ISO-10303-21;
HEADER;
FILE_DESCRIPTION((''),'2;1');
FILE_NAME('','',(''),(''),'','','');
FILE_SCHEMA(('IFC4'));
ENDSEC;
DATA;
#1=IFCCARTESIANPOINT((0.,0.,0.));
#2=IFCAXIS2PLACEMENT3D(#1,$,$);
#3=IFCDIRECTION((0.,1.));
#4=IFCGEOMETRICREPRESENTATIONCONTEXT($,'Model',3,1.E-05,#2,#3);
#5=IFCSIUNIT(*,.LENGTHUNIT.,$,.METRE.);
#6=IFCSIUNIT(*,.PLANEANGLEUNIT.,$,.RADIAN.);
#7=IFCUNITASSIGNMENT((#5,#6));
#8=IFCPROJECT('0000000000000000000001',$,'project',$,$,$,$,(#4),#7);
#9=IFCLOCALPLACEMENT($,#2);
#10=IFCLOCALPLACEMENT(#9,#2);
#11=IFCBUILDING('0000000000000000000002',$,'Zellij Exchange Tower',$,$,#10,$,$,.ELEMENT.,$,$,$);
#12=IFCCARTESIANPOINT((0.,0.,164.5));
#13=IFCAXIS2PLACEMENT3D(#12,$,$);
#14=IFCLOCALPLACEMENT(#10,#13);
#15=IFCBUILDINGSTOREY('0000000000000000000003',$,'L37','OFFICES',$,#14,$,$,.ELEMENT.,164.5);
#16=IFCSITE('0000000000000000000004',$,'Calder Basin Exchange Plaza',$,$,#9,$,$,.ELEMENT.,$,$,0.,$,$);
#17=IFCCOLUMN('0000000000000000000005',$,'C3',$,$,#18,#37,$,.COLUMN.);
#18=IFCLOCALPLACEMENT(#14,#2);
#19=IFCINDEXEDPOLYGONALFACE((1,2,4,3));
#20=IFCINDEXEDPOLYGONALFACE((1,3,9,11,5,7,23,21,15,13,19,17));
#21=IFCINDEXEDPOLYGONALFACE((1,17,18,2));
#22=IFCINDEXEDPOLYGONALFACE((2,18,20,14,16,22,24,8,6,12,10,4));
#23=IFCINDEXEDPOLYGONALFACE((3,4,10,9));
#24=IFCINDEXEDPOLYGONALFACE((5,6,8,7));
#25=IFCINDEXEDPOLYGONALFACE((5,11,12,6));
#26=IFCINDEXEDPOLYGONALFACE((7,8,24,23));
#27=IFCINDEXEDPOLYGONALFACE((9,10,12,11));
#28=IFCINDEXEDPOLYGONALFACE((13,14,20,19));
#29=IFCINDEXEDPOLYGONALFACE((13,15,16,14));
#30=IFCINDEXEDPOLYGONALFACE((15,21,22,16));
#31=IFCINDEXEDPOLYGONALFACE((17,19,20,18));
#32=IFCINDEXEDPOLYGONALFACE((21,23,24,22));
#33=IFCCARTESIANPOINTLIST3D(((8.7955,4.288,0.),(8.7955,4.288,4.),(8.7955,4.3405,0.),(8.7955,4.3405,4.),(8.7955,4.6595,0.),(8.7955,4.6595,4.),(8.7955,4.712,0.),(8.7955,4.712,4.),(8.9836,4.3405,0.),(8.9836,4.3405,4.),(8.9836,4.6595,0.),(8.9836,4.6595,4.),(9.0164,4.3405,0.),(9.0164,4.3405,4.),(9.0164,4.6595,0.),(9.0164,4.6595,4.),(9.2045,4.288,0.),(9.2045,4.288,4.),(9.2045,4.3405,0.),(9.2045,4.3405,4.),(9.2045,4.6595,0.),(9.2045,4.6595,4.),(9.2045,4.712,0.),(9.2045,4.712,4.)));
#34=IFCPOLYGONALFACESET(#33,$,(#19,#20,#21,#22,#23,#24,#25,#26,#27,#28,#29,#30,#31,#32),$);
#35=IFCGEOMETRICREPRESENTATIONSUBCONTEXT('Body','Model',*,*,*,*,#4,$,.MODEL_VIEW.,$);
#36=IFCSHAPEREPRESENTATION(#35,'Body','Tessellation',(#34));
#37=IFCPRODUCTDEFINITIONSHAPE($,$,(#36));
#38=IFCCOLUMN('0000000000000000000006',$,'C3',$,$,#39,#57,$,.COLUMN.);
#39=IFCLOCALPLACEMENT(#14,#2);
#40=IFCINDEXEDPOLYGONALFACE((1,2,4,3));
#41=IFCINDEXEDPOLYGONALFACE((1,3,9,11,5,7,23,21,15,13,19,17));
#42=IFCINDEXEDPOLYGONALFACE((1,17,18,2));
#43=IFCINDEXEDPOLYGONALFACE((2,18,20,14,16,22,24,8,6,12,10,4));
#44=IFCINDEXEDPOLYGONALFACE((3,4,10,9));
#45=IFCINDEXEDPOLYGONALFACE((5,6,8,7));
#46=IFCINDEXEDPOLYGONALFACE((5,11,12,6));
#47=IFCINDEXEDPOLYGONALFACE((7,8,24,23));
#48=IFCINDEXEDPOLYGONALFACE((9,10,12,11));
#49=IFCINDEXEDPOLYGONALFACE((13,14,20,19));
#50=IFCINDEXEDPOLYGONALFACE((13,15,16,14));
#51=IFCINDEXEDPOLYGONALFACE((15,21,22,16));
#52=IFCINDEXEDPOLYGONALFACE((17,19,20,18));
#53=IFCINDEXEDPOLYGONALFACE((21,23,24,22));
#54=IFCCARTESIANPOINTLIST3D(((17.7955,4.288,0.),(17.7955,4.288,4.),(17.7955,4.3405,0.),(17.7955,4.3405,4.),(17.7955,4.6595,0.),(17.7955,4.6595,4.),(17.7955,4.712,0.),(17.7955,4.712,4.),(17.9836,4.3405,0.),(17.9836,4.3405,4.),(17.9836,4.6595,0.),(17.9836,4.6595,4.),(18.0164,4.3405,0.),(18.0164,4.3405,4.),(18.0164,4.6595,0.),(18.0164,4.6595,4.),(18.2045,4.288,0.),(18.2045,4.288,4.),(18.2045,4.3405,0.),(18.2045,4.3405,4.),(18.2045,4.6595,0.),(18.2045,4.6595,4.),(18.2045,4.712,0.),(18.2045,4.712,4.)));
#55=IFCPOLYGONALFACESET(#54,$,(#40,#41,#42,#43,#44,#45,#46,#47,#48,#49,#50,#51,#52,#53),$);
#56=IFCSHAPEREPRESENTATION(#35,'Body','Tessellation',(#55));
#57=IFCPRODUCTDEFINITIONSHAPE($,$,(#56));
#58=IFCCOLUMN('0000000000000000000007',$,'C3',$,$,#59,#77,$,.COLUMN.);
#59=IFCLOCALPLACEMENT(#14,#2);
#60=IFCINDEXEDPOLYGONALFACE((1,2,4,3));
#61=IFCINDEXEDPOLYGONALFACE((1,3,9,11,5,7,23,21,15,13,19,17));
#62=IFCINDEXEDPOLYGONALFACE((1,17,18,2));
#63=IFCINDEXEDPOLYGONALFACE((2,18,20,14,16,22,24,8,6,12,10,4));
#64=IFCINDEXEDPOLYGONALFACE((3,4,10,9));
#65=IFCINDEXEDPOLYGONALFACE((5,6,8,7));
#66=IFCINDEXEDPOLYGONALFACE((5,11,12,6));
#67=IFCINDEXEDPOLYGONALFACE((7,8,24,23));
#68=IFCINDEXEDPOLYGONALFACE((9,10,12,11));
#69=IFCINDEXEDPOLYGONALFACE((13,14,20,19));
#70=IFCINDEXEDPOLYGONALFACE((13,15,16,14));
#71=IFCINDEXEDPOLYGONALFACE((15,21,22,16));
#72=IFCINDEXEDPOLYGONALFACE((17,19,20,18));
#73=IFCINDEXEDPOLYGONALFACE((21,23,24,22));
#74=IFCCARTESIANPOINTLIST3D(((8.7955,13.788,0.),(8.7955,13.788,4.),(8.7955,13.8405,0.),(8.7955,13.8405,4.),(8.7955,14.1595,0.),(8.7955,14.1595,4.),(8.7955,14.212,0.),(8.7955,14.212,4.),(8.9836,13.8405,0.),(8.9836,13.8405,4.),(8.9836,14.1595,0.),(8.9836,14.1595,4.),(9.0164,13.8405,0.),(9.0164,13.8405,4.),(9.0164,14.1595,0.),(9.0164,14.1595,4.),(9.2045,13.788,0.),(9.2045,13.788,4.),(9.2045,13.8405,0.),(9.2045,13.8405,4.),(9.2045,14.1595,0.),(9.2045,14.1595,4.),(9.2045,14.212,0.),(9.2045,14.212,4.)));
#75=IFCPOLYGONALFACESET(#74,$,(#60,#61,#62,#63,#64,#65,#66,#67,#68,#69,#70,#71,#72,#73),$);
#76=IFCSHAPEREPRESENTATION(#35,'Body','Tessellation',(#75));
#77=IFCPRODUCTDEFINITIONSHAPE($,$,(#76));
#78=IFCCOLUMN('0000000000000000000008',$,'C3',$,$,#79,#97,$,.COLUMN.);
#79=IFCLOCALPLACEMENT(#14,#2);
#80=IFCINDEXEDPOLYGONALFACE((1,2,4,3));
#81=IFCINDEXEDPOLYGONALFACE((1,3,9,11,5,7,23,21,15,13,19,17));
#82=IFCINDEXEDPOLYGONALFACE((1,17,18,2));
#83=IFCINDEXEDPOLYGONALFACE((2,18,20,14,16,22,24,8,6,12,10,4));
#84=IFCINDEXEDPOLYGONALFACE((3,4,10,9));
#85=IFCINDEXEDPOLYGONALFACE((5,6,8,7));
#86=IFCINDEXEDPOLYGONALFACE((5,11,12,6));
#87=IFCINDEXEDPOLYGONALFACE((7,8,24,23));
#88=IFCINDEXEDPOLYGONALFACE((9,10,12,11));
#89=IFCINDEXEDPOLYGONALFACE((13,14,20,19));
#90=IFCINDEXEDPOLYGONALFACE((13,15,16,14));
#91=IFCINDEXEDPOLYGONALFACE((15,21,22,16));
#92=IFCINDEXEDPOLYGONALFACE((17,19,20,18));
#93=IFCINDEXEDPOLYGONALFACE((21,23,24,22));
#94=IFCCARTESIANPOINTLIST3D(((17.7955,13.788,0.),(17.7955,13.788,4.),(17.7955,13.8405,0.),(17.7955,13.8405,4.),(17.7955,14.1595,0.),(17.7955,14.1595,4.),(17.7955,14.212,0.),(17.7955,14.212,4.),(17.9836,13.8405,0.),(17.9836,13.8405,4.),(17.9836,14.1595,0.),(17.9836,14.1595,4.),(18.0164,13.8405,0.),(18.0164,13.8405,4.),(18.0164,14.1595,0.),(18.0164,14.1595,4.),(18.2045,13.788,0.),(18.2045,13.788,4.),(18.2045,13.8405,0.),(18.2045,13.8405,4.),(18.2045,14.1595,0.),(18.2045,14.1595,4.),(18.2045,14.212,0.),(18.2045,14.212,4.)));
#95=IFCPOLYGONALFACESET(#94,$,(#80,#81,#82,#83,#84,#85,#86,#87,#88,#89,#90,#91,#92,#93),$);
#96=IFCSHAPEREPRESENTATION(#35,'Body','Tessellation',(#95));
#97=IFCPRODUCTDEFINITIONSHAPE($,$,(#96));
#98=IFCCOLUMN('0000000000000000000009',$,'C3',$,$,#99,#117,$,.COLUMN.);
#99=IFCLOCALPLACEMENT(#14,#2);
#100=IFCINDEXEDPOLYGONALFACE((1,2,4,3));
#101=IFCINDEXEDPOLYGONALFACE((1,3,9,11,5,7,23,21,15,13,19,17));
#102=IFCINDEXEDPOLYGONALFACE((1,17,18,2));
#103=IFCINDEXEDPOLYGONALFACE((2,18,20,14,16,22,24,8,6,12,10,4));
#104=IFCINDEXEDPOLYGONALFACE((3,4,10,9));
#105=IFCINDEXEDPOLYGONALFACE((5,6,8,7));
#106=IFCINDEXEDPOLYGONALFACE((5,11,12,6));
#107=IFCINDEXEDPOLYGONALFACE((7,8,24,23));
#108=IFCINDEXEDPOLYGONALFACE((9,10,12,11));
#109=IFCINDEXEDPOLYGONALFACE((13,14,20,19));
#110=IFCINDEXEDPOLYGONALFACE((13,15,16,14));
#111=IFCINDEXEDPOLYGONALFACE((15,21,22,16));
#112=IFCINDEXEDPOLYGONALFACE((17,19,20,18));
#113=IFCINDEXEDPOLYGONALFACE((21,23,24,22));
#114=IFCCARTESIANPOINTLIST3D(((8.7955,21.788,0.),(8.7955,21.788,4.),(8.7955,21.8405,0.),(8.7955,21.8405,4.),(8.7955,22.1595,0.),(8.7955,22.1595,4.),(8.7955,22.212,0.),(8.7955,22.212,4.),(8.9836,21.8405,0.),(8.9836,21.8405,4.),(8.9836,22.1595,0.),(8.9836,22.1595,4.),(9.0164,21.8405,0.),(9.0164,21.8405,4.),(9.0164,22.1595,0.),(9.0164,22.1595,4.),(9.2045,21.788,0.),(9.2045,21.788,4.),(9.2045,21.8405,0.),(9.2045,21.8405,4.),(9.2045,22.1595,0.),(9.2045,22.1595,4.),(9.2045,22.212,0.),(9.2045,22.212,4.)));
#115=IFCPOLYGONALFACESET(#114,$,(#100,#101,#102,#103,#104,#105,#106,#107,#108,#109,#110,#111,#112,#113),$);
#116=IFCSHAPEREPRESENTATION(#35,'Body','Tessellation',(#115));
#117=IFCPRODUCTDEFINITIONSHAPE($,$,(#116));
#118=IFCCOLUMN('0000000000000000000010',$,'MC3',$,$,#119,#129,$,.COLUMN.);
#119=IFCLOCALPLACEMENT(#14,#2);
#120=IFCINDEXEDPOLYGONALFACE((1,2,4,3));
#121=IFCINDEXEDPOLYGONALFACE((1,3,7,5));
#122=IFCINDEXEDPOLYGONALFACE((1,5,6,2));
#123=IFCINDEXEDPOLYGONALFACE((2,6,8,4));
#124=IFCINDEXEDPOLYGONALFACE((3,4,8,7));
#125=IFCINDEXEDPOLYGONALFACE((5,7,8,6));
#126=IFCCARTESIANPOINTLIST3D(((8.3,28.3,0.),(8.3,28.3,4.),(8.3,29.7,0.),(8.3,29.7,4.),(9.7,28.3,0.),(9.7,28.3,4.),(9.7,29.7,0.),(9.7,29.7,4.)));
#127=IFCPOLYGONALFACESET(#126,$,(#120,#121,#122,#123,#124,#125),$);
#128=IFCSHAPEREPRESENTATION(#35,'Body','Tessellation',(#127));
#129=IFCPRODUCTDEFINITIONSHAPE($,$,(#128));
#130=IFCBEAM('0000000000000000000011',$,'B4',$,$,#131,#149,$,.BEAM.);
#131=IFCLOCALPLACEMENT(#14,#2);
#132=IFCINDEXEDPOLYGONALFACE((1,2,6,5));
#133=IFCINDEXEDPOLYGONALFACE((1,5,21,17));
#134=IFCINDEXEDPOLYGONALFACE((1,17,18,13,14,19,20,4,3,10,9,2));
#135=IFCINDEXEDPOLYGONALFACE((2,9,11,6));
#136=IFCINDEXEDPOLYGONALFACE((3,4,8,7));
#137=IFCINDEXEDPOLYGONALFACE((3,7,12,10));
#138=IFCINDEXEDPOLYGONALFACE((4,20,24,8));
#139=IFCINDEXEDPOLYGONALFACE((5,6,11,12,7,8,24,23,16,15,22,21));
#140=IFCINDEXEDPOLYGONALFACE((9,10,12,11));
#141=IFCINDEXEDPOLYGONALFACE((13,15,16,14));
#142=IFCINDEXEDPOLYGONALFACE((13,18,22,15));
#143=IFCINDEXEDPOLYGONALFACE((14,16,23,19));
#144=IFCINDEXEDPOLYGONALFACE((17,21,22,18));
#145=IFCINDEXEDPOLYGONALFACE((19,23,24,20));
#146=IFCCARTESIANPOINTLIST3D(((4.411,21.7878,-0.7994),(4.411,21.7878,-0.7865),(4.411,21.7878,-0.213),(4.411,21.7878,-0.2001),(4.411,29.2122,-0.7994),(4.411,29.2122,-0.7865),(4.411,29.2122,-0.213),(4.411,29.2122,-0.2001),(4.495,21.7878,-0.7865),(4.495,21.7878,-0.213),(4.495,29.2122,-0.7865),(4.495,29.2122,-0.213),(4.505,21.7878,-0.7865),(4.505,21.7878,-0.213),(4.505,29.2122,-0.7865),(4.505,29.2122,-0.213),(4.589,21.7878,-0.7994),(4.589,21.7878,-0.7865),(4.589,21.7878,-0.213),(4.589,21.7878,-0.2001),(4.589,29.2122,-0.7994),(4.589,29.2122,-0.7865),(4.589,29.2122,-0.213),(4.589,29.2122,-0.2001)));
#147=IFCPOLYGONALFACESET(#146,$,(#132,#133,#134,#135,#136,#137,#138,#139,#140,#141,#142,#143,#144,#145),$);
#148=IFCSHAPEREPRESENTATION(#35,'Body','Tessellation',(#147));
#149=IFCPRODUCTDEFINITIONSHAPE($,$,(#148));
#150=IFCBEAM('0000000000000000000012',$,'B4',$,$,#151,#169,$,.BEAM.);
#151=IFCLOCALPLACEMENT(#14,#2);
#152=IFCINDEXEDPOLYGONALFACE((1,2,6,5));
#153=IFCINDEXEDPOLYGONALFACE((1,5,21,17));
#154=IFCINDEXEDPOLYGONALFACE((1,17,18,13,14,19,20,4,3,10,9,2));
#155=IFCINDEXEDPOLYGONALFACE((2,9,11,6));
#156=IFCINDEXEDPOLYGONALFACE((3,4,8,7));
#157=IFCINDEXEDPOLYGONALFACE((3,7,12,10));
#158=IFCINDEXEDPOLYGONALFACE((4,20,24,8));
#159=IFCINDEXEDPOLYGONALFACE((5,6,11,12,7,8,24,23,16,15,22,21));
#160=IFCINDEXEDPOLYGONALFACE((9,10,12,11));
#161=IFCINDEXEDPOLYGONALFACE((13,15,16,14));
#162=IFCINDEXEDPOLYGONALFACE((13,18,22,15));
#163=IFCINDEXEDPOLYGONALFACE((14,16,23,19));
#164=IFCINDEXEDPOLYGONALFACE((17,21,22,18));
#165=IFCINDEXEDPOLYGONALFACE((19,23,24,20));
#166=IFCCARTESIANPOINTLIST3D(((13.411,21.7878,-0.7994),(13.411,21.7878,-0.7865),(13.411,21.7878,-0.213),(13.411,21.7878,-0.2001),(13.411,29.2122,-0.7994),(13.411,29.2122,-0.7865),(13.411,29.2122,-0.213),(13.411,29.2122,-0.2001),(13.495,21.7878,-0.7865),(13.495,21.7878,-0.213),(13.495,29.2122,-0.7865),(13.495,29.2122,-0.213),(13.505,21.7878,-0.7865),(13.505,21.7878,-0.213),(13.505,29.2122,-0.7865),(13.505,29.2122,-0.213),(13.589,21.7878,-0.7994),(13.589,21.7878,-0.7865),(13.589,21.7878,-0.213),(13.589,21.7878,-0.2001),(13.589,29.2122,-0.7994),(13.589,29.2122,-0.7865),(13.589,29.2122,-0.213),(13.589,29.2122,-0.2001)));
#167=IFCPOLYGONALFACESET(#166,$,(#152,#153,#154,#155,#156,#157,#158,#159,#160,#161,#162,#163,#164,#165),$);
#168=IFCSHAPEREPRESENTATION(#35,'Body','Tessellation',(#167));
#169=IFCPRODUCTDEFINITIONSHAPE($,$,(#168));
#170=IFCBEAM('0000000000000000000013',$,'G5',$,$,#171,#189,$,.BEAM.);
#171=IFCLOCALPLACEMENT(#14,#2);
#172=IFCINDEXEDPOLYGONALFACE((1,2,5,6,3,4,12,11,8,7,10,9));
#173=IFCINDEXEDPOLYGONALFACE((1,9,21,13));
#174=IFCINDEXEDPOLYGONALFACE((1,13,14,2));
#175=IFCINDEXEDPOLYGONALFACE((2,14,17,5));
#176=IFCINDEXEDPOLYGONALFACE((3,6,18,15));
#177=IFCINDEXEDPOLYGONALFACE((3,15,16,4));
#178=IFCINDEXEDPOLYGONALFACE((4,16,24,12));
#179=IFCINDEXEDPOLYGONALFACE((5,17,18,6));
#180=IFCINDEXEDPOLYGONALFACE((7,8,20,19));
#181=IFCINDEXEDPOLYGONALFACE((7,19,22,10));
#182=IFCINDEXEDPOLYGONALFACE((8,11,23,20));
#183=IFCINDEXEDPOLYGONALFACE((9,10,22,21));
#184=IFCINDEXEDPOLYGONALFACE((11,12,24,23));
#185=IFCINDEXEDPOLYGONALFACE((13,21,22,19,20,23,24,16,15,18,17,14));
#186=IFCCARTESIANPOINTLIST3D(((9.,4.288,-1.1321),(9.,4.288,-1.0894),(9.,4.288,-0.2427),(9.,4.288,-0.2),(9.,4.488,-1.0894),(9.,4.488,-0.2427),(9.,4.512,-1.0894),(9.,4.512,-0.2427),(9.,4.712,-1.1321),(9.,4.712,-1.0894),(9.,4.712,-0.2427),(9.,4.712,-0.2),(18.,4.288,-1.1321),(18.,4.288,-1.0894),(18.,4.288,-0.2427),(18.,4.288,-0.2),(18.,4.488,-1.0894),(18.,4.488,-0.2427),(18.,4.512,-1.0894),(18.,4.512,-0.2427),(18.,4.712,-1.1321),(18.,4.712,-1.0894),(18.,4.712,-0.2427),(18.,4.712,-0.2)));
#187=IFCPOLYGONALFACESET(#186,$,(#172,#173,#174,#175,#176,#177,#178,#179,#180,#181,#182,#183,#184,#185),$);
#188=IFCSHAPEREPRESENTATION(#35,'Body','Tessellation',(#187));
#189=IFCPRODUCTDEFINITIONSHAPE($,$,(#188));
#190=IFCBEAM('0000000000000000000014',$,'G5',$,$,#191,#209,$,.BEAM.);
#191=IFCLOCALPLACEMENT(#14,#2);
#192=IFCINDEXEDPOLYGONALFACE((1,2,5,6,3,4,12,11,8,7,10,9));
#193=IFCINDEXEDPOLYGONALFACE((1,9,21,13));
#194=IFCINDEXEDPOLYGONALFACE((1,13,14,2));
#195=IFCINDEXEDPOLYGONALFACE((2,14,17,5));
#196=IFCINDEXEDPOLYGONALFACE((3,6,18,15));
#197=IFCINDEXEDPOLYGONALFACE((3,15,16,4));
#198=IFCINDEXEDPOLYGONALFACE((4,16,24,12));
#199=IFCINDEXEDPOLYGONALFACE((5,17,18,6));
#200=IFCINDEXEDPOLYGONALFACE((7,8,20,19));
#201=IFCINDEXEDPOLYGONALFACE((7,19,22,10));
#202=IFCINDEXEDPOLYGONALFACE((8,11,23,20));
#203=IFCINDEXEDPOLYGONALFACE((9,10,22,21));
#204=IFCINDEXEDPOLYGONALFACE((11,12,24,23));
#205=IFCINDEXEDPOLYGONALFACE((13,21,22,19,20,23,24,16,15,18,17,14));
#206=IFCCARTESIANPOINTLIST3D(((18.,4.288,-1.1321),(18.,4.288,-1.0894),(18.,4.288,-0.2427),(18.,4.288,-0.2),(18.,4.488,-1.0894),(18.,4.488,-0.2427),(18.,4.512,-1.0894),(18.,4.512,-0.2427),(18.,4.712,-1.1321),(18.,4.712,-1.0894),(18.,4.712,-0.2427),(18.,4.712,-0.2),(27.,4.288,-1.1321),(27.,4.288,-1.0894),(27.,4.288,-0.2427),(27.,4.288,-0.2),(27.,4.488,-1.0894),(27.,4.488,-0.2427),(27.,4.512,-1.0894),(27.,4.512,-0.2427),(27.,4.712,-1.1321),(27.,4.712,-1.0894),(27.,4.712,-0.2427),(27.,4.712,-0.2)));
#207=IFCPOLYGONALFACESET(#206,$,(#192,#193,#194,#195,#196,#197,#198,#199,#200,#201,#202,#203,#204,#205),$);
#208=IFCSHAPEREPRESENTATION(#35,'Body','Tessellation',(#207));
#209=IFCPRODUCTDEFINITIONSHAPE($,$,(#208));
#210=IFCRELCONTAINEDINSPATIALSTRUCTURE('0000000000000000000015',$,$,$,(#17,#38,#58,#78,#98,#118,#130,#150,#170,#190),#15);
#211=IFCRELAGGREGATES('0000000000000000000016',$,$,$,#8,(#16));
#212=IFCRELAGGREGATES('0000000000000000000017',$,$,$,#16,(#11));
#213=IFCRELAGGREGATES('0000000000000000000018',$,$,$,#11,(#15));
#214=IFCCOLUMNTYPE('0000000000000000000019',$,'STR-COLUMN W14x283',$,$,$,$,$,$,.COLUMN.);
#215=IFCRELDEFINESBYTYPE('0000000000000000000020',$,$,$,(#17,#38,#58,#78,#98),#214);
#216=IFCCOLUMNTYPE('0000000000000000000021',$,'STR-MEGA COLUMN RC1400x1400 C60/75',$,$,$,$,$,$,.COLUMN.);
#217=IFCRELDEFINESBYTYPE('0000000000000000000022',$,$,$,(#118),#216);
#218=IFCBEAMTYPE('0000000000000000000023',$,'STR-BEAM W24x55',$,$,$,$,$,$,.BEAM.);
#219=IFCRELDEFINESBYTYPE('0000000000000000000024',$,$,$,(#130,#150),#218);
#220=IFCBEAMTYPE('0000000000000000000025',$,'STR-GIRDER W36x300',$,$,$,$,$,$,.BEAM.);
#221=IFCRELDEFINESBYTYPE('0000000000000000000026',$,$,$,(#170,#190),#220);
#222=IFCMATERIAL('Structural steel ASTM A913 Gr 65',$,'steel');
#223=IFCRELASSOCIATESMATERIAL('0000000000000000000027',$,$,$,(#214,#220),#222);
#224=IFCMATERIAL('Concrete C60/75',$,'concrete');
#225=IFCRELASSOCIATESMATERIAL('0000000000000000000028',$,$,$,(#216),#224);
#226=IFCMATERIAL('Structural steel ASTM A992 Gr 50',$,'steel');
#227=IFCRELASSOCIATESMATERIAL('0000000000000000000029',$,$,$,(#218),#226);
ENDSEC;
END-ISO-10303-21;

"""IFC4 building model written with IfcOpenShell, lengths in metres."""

from ifc_helpers import new_model, si_unit, direction, frame, origin, origin_2d, place, context, subcontext, project, spatial, rectangle, i_section, extrude, material, material_profile, profile_set, type_object, element, save


model = new_model("IFC4")

# Units and contexts
model_context = context("Model", 3, precision=1e-05, world=origin(), true_north=direction((0.0, 1.0)))
body_context = subcontext(model_context, "Body", "Model", "MODEL_VIEW")
ifc_project = project(units=[si_unit("LENGTHUNIT", "METRE"), si_unit("PLANEANGLEUNIT", "RADIAN")], contexts=[model_context])

# Site, building, storey
site_placement = place(None, origin())
site = spatial("IfcSite", under=ifc_project, at=site_placement, Name="Calder Basin Exchange Plaza", CompositionType="ELEMENT", RefElevation=0.0)
building_placement = place(site_placement, origin())
building = spatial("IfcBuilding", under=site, at=building_placement, Name="Zellij Exchange Tower", CompositionType="ELEMENT")
storey_placement = place(building_placement, frame((0.0, 0.0, 164.5)))
storey = spatial("IfcBuildingStorey", under=building, at=storey_placement, Name="L37", Description="OFFICES", CompositionType="ELEMENT", Elevation=164.5)

# Columns
ifc_material_1 = material(Name="Structural steel ASTM A913 Gr 65", Category="steel")
ifc_material_profile_1 = material_profile(ifc_material_1, i_section(OverallWidth=0.4089, OverallDepth=0.4241, WebThickness=0.0327, FlangeThickness=0.0525, at=origin_2d()), Name="W14x283")
ifc_profile_set_1 = profile_set([ifc_material_profile_1], Name="Structural steel ASTM A913 Gr 65")
column_type_1 = type_object("IfcColumnType", Name="STR-COLUMN W14x283", PredefinedType="COLUMN", material=ifc_profile_set_1)
for number, where, z_axis, x_axis, name in (
    (1, (9.0, 4.5, 0.0), (0.0, 0.0, 1.0), (1.0, 0.0, 0.0), "C3"),
    (2, (18.0, 4.5, 0.0), (0.0, 0.0, 1.0), (1.0, 0.0, 0.0), "C3"),
    (3, (9.0, 14.0, 0.0), (0.0, 0.0, 1.0), (1.0, 0.0, 0.0), "C3"),
    (4, (18.0, 14.0, 0.0), (0.0, 0.0, 1.0), (1.0, 0.0, 0.0), "C3"),
    (5, (9.0, 22.0, 0.0), (0.0, 0.0, 1.0), (1.0, 0.0, 0.0), "C3"),
):
    element("IfcColumn", number, at=place(storey_placement, frame(where, z_axis=z_axis, x_axis=x_axis)), inside=storey, type_object=column_type_1, Name=name, PredefinedType="COLUMN", context=body_context, shape_type="SweptSolid", body=[
        extrude(i_section(OverallWidth=0.4089, OverallDepth=0.4241, WebThickness=0.0327, FlangeThickness=0.0525, at=origin_2d()), origin(), (0.0, 0.0, 1.0), 4.0),
    ])
ifc_material_2 = material(Name="Concrete C60/75", Category="concrete")
ifc_material_profile_2 = material_profile(ifc_material_2, rectangle(XDim=1.3999, YDim=1.3999, at=origin_2d()), Name="STR-MEGA COLUMN RC1400x1400 C60/75")
ifc_profile_set_2 = profile_set([ifc_material_profile_2], Name="Concrete C60/75")
column_type_2 = type_object("IfcColumnType", Name="STR-MEGA COLUMN RC1400x1400 C60/75", PredefinedType="COLUMN", material=ifc_profile_set_2)
column_placement = place(storey_placement, frame((9.0, 29.0, 0.0), z_axis=(0.0, 0.0, 1.0), x_axis=(1.0, 0.0, 0.0)))
element("IfcColumn", 6, at=column_placement, inside=storey, type_object=column_type_2, Name="MC3", PredefinedType="COLUMN", context=body_context, shape_type="SweptSolid", body=[
    extrude(rectangle(XDim=1.3999, YDim=1.3999, at=origin_2d()), origin(), (0.0, 0.0, 1.0), 4.0),
])

# Beams
ifc_material_3 = material(Name="Structural steel ASTM A992 Gr 50", Category="steel")
ifc_material_profile_3 = material_profile(ifc_material_3, i_section(OverallWidth=0.178, OverallDepth=0.5994, WebThickness=0.01, FlangeThickness=0.0129, at=origin_2d()), Name="W24x55")
ifc_profile_set_3 = profile_set([ifc_material_profile_3], Name="Structural steel ASTM A992 Gr 50")
beam_type_1 = type_object("IfcBeamType", Name="STR-BEAM W24x55", PredefinedType="BEAM", material=ifc_profile_set_3)
for number, where, z_axis, x_axis, name in (
    (7, (4.5, 21.7878, -0.4998), (0.0, 1.0, 0.0), (-1.0, 0.0, 0.0), "B4"),
    (8, (13.5, 21.7878, -0.4998), (0.0, 1.0, 0.0), (-1.0, 0.0, 0.0), "B4"),
):
    element("IfcBeam", number, at=place(storey_placement, frame(where, z_axis=z_axis, x_axis=x_axis)), inside=storey, type_object=beam_type_1, Name=name, PredefinedType="BEAM", context=body_context, shape_type="SweptSolid", body=[
        extrude(i_section(OverallWidth=0.178, OverallDepth=0.5994, WebThickness=0.01, FlangeThickness=0.0129, at=origin_2d()), origin(), (0.0, 0.0, 1.0), 7.4243),
    ])
ifc_material_profile_4 = material_profile(ifc_material_1, i_section(OverallWidth=0.4241, OverallDepth=0.9321, WebThickness=0.0239, FlangeThickness=0.0427, at=origin_2d()), Name="W36x300")
ifc_profile_set_4 = profile_set([ifc_material_profile_4], Name="Structural steel ASTM A913 Gr 65")
beam_type_2 = type_object("IfcBeamType", Name="STR-GIRDER W36x300", PredefinedType="BEAM", material=ifc_profile_set_4)
for number, where, z_axis, x_axis, name in (
    (9, (9.0, 4.5, -0.666), (1.0, 0.0, 0.0), (0.0, 1.0, 0.0), "G5"),
    (10, (18.0, 4.5, -0.666), (1.0, 0.0, 0.0), (0.0, 1.0, 0.0), "G5"),
):
    element("IfcBeam", number, at=place(storey_placement, frame(where, z_axis=z_axis, x_axis=x_axis)), inside=storey, type_object=beam_type_2, Name=name, PredefinedType="BEAM", context=body_context, shape_type="SweptSolid", body=[
        extrude(i_section(OverallWidth=0.4241, OverallDepth=0.9321, WebThickness=0.0239, FlangeThickness=0.0427, at=origin_2d()), origin(), (0.0, 0.0, 1.0), 9.0),
    ])

save(model, "model.ifc")
